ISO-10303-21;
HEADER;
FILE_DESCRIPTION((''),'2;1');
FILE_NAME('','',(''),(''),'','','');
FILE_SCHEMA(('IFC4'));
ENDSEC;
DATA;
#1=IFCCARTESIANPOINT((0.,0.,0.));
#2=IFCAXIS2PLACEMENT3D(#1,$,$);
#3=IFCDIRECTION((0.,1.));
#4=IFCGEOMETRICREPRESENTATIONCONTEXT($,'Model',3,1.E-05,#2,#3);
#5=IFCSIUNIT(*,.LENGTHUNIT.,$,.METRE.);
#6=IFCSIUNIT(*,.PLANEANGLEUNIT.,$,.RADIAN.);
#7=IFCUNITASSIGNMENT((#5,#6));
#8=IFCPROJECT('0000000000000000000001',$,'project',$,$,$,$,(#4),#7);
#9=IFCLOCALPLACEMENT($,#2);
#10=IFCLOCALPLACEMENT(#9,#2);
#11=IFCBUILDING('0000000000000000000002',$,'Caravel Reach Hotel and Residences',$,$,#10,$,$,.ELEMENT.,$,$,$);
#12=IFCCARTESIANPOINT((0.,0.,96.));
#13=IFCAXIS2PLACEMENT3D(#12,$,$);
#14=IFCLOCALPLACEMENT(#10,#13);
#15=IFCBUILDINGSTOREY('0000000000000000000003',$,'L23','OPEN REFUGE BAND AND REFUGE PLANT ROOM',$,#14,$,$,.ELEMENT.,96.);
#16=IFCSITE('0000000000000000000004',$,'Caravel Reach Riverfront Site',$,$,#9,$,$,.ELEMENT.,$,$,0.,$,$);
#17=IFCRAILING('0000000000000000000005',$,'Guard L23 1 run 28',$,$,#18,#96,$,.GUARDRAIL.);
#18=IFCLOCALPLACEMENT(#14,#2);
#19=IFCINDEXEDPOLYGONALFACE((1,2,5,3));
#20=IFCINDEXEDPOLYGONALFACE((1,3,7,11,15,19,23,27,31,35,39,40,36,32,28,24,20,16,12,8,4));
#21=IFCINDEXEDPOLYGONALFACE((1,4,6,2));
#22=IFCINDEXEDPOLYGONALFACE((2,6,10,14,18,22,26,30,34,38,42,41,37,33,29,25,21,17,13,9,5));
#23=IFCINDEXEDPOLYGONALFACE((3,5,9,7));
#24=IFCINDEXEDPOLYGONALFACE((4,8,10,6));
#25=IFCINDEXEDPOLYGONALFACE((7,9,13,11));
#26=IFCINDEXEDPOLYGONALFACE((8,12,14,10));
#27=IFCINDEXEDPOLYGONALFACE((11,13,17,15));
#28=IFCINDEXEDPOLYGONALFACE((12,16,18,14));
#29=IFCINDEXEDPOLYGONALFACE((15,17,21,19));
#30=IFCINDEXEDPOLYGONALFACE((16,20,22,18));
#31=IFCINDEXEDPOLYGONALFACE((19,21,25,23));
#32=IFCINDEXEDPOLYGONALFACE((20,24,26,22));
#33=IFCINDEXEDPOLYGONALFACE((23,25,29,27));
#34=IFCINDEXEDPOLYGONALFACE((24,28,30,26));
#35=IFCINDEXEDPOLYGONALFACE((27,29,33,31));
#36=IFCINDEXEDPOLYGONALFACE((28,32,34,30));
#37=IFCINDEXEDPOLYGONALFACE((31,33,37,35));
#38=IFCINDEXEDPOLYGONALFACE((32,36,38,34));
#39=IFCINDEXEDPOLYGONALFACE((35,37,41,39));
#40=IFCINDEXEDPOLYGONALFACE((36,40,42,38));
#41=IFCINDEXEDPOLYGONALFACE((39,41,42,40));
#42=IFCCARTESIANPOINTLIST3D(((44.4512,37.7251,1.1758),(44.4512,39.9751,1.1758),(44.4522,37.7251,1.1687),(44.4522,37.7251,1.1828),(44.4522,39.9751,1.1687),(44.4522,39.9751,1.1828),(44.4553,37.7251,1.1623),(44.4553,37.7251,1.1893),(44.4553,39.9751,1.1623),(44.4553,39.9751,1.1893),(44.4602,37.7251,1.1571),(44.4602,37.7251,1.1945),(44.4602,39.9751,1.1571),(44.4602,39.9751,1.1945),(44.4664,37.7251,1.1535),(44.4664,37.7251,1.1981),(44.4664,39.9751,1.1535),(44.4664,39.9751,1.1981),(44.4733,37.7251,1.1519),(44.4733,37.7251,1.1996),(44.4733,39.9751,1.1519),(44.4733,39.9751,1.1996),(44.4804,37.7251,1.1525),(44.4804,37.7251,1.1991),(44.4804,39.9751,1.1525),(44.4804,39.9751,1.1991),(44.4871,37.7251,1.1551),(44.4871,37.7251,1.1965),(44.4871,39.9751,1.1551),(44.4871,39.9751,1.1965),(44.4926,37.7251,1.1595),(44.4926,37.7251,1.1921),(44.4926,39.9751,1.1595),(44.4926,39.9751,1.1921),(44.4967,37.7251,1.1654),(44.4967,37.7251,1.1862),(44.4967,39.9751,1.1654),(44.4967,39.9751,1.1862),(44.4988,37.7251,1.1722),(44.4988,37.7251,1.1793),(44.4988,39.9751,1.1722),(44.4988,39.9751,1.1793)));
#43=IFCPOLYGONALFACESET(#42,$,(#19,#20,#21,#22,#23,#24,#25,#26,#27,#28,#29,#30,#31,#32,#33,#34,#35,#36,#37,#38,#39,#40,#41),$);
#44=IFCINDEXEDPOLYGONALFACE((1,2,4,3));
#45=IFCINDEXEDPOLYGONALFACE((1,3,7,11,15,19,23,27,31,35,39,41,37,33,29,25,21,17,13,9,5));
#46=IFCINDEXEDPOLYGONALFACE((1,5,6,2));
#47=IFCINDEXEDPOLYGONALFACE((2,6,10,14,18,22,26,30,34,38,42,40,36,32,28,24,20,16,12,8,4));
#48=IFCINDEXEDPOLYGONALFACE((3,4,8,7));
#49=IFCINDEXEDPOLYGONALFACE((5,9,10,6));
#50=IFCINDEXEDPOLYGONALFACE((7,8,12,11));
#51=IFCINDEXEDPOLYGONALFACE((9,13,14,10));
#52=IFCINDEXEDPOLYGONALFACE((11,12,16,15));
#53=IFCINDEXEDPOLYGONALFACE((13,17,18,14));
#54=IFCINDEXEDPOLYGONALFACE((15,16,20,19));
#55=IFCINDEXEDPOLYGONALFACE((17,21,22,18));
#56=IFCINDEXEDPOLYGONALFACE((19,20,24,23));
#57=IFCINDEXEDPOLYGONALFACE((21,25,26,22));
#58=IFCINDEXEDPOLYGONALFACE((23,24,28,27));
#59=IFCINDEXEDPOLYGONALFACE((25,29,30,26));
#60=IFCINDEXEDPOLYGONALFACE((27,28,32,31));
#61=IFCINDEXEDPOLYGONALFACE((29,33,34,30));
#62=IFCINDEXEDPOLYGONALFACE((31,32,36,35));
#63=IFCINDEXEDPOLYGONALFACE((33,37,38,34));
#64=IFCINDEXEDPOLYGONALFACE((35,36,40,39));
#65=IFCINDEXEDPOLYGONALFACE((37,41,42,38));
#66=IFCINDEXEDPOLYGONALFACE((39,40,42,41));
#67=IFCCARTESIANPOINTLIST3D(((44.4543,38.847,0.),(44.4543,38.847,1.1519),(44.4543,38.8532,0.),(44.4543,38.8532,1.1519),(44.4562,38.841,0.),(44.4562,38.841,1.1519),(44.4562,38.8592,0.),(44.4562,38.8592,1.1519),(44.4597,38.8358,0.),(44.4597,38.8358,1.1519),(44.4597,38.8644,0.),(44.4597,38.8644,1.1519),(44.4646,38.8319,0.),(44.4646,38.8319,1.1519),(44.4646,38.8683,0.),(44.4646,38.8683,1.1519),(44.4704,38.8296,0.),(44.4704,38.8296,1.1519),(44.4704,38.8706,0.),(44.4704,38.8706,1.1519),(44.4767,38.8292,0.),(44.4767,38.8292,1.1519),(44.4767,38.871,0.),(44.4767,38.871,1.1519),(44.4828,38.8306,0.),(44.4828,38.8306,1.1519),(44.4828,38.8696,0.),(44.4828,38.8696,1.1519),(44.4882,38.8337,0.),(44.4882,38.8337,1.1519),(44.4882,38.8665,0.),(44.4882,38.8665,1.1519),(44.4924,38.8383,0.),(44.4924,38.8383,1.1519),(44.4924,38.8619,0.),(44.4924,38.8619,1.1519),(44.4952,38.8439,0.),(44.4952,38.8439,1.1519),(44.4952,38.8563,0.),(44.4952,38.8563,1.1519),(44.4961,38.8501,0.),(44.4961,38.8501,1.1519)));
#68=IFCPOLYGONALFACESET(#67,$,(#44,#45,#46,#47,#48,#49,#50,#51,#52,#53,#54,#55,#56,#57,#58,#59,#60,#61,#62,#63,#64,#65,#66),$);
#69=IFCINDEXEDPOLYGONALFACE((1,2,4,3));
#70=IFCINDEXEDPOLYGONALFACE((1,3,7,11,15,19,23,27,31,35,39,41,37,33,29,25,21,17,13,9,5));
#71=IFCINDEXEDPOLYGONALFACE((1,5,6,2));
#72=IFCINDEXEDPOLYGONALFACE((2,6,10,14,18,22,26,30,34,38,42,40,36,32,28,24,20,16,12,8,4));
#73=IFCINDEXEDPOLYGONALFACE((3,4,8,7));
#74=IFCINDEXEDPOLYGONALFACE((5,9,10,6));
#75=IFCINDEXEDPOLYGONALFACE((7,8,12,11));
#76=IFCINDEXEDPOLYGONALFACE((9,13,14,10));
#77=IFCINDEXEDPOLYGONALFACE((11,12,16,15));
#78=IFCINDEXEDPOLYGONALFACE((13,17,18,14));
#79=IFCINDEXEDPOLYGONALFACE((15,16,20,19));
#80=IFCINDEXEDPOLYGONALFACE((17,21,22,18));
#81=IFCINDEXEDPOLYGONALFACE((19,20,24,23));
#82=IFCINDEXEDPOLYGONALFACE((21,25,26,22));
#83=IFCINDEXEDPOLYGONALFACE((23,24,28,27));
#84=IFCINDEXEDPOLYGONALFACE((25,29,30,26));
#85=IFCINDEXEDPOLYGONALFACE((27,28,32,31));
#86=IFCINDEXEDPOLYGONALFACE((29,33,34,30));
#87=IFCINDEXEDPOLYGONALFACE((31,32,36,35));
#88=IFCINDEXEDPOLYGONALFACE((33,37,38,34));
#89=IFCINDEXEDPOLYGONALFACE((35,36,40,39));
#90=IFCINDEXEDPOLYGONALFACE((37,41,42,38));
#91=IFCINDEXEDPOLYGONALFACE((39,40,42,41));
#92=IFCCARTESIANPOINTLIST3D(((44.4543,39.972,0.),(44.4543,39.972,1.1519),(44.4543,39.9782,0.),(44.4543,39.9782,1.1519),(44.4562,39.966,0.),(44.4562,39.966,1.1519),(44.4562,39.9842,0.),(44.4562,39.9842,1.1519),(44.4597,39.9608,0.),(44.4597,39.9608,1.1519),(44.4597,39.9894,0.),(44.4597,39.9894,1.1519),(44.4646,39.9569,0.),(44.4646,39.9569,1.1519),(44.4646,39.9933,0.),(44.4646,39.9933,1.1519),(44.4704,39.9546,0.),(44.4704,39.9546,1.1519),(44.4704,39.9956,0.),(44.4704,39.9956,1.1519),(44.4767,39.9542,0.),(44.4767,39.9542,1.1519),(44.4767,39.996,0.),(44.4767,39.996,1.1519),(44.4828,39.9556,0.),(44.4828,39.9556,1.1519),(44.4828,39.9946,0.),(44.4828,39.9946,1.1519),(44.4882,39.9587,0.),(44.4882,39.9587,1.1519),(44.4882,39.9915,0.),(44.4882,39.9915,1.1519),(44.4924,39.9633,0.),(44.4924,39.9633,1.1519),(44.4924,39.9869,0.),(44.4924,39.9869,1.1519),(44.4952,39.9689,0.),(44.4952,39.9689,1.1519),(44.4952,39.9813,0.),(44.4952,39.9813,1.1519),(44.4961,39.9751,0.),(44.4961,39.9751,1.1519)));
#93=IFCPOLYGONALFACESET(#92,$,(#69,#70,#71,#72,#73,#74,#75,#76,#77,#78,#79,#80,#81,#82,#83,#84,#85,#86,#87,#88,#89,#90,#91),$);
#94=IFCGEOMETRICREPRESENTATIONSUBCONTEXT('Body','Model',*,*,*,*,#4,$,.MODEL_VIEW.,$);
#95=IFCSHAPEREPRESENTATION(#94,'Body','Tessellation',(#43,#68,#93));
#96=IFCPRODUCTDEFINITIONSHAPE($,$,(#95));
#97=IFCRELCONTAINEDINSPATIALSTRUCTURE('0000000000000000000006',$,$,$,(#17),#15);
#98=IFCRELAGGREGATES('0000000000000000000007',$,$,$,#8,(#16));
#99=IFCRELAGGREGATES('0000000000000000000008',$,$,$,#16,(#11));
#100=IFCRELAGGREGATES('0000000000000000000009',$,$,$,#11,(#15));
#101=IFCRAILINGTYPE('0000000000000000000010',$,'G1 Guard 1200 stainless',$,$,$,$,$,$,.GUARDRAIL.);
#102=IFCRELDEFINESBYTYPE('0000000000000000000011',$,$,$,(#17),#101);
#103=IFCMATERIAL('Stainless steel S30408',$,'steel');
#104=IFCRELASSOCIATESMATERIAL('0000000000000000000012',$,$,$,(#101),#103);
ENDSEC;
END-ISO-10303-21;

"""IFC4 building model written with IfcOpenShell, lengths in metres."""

from ifc_helpers import new_model, si_unit, direction, frame, origin, origin_2d, place, context, subcontext, project, spatial, circle, extrude, material, type_object, element, save


model = new_model("IFC4")

# Units and contexts
model_context = context("Model", 3, precision=1e-05, world=origin(), true_north=direction((0.0, 1.0)))
body_context = subcontext(model_context, "Body", "Model", "MODEL_VIEW")
ifc_project = project(units=[si_unit("LENGTHUNIT", "METRE"), si_unit("PLANEANGLEUNIT", "RADIAN")], contexts=[model_context])

# Site, building, storey
site_placement = place(None, origin())
site = spatial("IfcSite", under=ifc_project, at=site_placement, Name="Caravel Reach Riverfront Site", CompositionType="ELEMENT", RefElevation=0.0)
building_placement = place(site_placement, origin())
building = spatial("IfcBuilding", under=site, at=building_placement, Name="Caravel Reach Hotel and Residences", CompositionType="ELEMENT")
storey_placement = place(building_placement, frame((0.0, 0.0, 96.0)))
storey = spatial("IfcBuildingStorey", under=building, at=storey_placement, Name="L23", Description="OPEN REFUGE BAND AND REFUGE PLANT ROOM", CompositionType="ELEMENT", Elevation=96.0)

# Railing
ifc_material_1 = material(Name="Stainless steel S30408", Category="steel")
railing_type_1 = type_object("IfcRailingType", Name="G1 Guard 1200 stainless", PredefinedType="GUARDRAIL", material=ifc_material_1)
railing_1_placement = place(storey_placement, frame((44.4751, 37.7251, 0.0)))
element("IfcRailing", 1, at=railing_1_placement, inside=storey, type_object=railing_type_1, Name="Guard L23 1 run 28", PredefinedType="GUARDRAIL", context=body_context, shape_type="SweptSolid", body=[
    extrude(circle(Radius=0.0239, at=origin_2d()), frame((0.0, 0.0, 1.1758), z_axis=(0.0, 1.0, 0.0), x_axis=(-1.0, 0.0, 0.0)), (0.0, 0.0, 1.0), 2.25),
    extrude(circle(Radius=0.021, at=origin_2d()), frame((0.0, 1.125, 0.0)), (0.0, 0.0, 1.0), 1.1519),
    extrude(circle(Radius=0.021, at=origin_2d()), frame((0.0, 2.25, 0.0)), (0.0, 0.0, 1.0), 1.1519),
])

save(model, "model.ifc")
